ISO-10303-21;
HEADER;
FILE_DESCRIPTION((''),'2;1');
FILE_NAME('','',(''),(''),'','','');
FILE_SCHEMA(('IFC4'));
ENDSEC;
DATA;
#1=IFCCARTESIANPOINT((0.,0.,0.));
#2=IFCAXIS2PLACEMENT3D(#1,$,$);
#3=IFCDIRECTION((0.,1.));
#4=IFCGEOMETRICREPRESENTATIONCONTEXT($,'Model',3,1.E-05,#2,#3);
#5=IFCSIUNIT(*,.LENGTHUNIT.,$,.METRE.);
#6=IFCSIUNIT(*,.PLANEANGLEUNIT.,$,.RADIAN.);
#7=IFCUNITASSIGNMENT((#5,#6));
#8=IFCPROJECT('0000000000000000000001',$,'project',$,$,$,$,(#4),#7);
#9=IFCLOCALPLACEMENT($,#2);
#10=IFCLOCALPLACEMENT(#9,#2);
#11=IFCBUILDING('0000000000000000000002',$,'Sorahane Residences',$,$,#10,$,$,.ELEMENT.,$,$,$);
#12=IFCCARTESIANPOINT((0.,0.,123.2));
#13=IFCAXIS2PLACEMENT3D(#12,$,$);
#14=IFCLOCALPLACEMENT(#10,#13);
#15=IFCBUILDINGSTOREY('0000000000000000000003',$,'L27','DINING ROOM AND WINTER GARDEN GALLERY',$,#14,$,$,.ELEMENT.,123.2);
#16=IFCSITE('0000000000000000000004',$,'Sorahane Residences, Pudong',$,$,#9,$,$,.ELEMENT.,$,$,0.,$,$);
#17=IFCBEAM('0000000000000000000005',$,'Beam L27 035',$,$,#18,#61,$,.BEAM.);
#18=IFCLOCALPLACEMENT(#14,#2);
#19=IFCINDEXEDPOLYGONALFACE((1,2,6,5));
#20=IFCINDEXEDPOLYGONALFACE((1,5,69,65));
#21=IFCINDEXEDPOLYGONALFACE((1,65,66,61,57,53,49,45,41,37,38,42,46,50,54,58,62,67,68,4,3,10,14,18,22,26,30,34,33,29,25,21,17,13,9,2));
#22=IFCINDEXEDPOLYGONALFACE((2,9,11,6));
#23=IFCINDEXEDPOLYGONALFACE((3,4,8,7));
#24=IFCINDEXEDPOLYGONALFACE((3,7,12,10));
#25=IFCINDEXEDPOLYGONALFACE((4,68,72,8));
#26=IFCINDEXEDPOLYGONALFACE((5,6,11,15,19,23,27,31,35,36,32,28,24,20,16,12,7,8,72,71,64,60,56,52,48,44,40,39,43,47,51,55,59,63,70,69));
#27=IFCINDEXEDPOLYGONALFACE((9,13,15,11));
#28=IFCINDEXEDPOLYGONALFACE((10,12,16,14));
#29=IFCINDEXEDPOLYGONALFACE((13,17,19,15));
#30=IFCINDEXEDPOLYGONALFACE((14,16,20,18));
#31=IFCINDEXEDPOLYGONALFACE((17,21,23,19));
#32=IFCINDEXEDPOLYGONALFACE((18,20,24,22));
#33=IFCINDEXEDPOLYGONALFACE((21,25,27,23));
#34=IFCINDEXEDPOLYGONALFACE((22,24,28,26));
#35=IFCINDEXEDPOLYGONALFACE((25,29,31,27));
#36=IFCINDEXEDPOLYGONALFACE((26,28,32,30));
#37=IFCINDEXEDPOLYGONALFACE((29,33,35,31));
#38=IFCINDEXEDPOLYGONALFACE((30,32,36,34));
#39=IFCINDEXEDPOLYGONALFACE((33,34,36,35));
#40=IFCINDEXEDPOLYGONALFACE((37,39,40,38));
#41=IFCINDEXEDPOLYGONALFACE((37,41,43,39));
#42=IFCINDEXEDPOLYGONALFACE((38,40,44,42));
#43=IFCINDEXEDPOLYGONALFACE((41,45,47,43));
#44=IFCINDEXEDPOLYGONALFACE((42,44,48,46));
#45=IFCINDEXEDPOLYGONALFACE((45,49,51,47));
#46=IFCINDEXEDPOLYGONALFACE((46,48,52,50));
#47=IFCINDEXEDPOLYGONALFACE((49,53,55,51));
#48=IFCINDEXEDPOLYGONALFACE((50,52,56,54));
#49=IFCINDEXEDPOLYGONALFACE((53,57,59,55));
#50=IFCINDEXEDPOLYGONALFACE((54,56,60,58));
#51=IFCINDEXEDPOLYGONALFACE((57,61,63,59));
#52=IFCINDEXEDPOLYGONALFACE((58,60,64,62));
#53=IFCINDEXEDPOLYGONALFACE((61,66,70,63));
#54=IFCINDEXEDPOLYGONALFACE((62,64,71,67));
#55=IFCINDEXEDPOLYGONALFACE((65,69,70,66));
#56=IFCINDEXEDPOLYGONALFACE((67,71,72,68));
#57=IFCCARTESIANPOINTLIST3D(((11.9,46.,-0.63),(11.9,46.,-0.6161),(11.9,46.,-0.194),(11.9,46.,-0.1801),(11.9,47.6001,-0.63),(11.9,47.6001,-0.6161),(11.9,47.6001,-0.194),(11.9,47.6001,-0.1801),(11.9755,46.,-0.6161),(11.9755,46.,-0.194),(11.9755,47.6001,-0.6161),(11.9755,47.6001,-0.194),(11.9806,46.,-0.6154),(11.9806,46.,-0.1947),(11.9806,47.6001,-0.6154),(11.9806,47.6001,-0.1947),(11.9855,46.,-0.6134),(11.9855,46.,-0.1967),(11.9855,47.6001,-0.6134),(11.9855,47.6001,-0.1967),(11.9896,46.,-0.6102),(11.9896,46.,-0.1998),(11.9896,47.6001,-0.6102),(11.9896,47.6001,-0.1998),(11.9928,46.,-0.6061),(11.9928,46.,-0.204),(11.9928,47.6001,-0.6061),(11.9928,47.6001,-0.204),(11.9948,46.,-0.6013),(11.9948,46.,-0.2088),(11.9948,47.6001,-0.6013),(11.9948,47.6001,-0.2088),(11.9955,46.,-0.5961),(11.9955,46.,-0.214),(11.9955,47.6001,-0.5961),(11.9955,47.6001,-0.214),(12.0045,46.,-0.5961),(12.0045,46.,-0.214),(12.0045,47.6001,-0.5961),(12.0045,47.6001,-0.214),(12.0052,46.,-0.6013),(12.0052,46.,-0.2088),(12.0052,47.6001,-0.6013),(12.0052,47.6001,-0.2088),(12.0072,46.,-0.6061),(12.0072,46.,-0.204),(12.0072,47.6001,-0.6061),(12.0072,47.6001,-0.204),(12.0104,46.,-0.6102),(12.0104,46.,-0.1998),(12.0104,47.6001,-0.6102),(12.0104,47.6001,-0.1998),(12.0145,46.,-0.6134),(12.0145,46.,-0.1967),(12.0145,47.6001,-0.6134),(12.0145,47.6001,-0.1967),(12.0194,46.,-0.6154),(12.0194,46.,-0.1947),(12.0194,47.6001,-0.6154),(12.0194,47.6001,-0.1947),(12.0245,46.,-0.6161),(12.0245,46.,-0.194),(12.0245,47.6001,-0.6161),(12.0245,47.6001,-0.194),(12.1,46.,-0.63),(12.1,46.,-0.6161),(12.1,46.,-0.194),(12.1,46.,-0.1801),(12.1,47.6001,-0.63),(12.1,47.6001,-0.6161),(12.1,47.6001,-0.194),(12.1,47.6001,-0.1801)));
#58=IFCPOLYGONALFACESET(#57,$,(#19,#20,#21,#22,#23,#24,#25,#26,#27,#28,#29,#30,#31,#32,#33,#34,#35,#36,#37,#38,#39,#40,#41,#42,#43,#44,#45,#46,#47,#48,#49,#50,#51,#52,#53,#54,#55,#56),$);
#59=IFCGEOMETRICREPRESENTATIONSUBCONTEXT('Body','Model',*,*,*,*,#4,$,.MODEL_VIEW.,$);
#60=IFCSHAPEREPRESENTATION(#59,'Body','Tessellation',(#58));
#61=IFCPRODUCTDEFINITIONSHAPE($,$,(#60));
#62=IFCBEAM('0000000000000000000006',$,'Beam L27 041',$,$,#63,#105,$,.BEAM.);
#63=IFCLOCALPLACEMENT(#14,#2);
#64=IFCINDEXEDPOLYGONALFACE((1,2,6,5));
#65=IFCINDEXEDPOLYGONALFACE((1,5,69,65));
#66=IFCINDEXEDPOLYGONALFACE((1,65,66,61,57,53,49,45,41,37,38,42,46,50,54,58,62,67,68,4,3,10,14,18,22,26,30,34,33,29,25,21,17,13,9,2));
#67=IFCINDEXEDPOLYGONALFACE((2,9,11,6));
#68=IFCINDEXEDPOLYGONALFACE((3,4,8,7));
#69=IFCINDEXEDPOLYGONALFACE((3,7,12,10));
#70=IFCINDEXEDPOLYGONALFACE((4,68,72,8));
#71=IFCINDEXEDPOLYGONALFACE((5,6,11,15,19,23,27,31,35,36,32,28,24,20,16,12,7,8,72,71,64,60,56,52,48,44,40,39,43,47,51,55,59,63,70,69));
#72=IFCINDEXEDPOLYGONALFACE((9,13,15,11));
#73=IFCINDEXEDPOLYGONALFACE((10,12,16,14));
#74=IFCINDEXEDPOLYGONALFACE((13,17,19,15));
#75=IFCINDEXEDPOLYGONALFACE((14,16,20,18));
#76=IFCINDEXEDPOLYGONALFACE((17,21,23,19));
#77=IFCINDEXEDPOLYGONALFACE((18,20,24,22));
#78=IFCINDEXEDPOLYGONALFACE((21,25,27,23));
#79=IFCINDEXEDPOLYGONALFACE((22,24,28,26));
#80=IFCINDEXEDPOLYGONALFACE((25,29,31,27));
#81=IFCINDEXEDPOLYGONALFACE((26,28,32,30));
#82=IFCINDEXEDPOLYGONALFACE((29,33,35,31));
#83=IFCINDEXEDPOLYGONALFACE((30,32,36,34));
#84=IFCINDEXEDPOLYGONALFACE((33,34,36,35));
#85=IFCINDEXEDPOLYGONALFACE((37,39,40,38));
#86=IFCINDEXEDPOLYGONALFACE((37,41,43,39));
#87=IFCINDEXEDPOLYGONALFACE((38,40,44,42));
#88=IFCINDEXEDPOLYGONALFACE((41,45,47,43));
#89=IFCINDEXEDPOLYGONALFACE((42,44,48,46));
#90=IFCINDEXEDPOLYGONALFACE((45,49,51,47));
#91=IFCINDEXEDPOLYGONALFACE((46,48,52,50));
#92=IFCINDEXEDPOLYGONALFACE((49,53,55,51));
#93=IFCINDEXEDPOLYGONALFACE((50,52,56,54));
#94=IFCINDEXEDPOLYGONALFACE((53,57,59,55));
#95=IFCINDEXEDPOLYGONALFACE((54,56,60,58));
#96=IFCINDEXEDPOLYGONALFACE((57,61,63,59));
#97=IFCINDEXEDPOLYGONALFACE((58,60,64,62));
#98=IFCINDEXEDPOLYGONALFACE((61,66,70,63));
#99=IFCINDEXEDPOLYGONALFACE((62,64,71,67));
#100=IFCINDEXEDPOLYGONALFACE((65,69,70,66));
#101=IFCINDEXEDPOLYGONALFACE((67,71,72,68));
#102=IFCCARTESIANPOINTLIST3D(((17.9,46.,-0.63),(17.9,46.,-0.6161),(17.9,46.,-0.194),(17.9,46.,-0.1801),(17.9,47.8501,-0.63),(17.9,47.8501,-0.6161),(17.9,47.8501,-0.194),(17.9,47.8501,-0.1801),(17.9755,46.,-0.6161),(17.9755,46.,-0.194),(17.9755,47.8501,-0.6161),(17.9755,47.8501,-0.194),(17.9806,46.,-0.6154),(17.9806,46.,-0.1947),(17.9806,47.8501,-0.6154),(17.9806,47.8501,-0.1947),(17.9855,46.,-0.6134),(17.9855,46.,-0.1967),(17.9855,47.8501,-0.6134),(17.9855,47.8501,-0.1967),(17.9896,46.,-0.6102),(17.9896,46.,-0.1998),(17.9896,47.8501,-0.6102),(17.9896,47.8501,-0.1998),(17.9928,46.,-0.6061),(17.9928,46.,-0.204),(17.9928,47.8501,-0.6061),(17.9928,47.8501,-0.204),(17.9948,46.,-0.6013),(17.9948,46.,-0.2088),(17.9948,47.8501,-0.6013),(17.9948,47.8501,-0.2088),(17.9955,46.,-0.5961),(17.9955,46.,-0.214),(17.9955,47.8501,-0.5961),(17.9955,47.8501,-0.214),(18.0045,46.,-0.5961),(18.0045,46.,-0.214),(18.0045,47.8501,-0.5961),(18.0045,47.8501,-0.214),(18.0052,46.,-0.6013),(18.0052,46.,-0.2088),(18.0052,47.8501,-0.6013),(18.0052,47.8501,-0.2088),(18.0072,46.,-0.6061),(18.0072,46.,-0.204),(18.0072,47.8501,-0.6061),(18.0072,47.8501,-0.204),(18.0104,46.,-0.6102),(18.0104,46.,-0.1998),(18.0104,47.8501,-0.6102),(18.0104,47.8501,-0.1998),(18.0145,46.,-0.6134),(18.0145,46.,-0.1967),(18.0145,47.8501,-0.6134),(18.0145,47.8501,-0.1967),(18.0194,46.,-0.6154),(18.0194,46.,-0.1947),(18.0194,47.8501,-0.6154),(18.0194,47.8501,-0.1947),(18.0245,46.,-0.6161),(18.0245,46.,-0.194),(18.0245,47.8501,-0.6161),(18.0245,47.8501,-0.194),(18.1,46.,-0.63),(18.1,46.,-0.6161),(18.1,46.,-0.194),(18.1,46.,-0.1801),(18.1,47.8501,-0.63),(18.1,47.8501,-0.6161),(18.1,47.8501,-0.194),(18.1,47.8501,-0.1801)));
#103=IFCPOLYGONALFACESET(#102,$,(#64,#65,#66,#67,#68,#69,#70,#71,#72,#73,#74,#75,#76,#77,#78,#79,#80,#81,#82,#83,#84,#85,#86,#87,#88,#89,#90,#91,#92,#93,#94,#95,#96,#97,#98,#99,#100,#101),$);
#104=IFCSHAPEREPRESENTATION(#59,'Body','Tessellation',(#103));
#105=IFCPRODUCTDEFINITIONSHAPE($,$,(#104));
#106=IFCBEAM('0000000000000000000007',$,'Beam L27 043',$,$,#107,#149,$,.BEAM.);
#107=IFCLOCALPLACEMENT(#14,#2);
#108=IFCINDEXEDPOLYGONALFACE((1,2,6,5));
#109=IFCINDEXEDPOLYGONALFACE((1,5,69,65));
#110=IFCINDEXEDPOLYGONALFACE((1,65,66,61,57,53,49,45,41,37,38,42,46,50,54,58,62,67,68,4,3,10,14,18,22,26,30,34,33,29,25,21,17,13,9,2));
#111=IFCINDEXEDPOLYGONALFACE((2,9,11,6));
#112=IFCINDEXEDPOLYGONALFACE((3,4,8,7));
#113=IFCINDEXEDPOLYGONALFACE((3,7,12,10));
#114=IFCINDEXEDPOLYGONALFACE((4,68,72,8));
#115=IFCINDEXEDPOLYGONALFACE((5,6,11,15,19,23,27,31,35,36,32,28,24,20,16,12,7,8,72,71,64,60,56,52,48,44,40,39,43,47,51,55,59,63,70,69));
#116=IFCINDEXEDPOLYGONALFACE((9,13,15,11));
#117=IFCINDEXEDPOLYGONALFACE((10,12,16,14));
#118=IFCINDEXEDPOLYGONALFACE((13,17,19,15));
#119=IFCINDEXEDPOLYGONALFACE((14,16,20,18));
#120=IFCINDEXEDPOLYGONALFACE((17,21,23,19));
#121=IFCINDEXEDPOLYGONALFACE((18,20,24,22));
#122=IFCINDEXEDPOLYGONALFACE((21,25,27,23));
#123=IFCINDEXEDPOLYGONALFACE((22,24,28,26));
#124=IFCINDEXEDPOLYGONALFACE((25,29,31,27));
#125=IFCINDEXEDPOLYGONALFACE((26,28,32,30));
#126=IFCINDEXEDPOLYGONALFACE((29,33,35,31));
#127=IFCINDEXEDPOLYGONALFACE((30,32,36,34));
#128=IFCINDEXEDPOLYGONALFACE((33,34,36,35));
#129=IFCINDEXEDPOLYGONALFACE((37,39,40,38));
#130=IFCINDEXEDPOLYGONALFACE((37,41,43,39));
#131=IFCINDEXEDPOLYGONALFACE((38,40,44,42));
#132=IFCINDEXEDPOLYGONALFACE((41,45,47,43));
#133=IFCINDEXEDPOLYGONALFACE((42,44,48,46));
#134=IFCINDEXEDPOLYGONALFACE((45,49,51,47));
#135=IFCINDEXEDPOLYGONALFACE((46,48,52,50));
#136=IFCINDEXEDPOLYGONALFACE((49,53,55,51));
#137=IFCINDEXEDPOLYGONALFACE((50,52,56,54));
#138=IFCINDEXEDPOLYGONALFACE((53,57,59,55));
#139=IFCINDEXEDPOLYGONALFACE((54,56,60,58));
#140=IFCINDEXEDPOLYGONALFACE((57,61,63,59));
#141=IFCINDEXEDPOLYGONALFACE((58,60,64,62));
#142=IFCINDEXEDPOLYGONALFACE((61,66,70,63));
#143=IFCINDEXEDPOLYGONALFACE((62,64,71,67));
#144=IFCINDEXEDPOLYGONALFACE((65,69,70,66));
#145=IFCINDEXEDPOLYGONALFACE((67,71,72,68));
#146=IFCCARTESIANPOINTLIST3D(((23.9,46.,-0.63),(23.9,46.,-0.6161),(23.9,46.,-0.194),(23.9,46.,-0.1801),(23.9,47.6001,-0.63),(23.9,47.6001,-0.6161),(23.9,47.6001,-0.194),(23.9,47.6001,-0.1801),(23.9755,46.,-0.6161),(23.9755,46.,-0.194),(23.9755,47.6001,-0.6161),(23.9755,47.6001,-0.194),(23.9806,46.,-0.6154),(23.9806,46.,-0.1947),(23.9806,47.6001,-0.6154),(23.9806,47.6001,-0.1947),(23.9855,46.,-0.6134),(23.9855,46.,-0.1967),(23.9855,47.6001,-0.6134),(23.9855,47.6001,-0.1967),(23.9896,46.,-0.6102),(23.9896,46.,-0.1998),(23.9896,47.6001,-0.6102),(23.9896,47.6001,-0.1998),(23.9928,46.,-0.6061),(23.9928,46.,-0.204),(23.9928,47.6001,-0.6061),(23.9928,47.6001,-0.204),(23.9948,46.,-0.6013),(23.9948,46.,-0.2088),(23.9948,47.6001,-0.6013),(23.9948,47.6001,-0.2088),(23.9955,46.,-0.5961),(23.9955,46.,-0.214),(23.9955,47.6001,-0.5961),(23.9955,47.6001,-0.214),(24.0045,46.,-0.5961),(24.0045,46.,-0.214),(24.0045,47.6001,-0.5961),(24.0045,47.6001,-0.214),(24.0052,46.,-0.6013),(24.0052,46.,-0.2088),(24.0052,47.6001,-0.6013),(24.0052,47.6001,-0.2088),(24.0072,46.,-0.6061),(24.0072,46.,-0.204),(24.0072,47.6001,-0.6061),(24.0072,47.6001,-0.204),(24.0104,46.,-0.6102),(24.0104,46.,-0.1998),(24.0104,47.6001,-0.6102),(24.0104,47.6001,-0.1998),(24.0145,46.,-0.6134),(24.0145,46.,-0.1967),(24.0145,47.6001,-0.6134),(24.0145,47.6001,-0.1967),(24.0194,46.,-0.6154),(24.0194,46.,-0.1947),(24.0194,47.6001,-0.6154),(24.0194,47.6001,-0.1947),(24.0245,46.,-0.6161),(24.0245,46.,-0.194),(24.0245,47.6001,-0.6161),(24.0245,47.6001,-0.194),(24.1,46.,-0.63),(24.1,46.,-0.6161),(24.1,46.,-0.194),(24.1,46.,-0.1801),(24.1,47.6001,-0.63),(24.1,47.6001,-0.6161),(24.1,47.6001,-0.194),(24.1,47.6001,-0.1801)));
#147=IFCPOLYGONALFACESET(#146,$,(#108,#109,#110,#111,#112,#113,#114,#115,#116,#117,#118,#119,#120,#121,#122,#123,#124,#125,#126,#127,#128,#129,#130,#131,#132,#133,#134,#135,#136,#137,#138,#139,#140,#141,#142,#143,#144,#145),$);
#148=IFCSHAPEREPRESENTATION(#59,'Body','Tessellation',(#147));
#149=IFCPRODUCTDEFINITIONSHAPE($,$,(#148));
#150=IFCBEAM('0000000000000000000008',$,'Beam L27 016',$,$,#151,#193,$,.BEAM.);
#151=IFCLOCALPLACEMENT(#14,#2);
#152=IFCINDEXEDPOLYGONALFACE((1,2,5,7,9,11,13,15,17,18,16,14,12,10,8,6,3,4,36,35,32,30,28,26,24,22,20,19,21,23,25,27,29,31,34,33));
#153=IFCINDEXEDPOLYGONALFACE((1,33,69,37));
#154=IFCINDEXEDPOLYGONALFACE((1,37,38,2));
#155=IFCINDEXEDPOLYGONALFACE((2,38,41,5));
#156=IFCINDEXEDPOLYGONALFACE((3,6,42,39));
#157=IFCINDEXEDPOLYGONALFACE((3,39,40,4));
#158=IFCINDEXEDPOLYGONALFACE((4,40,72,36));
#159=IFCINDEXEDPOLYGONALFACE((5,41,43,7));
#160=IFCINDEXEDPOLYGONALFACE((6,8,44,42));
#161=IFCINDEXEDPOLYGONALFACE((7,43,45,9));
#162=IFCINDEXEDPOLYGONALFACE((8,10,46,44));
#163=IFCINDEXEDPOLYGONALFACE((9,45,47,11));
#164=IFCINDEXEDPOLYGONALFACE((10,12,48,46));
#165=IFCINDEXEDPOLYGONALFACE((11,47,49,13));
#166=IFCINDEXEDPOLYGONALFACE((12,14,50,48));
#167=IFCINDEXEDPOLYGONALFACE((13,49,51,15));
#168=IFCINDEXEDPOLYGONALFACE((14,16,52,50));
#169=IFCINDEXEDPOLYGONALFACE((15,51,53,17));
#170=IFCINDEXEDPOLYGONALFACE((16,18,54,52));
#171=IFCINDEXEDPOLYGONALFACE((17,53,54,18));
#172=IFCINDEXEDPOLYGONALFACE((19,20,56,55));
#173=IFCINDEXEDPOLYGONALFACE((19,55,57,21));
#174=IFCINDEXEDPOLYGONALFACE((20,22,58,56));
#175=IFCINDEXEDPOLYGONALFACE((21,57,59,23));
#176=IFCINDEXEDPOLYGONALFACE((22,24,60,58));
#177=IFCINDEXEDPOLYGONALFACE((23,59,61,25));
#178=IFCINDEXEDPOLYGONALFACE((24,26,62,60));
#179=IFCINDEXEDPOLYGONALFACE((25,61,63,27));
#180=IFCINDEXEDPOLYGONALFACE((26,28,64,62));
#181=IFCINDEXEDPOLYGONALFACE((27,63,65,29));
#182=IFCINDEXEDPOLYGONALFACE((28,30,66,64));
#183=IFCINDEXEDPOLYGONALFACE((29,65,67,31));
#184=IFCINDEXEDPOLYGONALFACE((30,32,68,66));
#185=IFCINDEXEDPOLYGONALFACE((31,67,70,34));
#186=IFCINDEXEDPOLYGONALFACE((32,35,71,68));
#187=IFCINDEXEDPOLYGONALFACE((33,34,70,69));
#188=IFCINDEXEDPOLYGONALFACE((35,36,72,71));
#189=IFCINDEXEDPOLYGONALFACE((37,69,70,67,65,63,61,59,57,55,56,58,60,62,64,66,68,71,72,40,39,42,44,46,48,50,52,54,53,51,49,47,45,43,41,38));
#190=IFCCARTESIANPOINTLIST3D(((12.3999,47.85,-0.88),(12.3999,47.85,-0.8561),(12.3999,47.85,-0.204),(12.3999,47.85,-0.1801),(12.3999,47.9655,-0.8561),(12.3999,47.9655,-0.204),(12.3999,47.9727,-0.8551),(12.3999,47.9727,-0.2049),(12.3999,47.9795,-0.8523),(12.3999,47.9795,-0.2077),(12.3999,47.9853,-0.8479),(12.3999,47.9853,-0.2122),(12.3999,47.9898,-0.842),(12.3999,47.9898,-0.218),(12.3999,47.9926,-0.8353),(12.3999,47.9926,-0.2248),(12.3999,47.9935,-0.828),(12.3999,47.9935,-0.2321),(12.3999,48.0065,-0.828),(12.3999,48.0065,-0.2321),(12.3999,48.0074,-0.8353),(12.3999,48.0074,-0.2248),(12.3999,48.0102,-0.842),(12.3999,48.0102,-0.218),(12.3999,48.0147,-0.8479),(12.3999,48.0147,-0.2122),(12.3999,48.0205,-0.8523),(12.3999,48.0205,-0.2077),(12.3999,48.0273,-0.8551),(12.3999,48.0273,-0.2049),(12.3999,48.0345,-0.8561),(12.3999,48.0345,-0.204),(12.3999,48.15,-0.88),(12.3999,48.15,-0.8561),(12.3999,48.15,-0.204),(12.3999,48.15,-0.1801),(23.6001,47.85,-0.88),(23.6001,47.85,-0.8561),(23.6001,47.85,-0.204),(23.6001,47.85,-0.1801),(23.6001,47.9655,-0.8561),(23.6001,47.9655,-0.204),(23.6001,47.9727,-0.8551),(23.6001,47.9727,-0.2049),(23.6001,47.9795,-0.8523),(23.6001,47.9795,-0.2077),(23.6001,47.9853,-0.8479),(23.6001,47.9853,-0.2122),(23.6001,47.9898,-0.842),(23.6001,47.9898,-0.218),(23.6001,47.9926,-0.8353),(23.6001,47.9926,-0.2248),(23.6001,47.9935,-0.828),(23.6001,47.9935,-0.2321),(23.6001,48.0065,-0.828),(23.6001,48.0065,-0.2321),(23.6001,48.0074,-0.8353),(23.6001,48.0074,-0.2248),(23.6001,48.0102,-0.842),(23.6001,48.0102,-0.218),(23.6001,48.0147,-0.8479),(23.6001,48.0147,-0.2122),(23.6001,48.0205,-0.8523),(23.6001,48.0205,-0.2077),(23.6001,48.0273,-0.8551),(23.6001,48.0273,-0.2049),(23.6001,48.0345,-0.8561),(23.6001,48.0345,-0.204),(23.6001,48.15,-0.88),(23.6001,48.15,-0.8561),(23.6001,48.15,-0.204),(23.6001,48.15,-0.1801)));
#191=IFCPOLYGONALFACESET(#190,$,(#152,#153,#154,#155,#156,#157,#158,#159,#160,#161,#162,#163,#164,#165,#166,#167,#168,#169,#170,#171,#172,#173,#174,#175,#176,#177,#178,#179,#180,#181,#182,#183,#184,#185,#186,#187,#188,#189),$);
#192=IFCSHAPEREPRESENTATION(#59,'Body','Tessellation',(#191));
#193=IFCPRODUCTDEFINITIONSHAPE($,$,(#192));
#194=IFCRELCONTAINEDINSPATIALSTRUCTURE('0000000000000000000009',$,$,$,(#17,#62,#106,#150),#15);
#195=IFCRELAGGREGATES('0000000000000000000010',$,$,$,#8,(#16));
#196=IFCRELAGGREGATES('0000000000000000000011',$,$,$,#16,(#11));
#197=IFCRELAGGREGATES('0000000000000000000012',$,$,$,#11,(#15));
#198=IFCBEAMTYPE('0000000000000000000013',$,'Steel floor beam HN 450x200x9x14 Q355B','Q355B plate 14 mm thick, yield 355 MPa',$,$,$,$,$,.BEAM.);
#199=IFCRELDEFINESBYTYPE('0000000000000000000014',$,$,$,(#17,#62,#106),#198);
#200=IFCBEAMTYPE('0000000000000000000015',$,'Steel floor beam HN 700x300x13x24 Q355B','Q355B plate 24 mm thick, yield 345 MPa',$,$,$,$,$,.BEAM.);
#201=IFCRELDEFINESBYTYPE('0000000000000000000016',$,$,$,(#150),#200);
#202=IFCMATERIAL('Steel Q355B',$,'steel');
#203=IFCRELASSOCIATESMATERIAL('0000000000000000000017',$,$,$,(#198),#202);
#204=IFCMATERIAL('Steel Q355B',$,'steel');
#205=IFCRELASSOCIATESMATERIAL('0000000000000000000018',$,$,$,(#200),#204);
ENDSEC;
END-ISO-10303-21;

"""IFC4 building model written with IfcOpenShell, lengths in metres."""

from ifc_helpers import new_model, si_unit, direction, frame, origin, origin_2d, place, context, subcontext, project, spatial, i_section, extrude, material, material_profile, profile_set, type_object, element, save


model = new_model("IFC4")

# Units and contexts
model_context = context("Model", 3, precision=1e-05, world=origin(), true_north=direction((0.0, 1.0)))
body_context = subcontext(model_context, "Body", "Model", "MODEL_VIEW")
ifc_project = project(units=[si_unit("LENGTHUNIT", "METRE"), si_unit("PLANEANGLEUNIT", "RADIAN")], contexts=[model_context])

# Site, building, storey
site_placement = place(None, origin())
site = spatial("IfcSite", under=ifc_project, at=site_placement, Name="Sorahane Residences, Pudong", CompositionType="ELEMENT", RefElevation=0.0)
building_placement = place(site_placement, origin())
building = spatial("IfcBuilding", under=site, at=building_placement, Name="Sorahane Residences", CompositionType="ELEMENT")
storey_placement = place(building_placement, frame((0.0, 0.0, 123.2)))
storey = spatial("IfcBuildingStorey", under=building, at=storey_placement, Name="L27", Description="DINING ROOM AND WINTER GARDEN GALLERY", CompositionType="ELEMENT", Elevation=123.2)

# Beams
ifc_material_1 = material(Name="Steel Q355B", Category="steel")
ifc_material_profile_1 = material_profile(ifc_material_1, i_section(OverallWidth=0.2, OverallDepth=0.45, WebThickness=0.009, FlangeThickness=0.0139, FilletRadius=0.02, at=origin_2d()), Name="HN 450x200x9x14")
ifc_profile_set_1 = profile_set([ifc_material_profile_1], Name="Steel Q355B")
beam_type_1 = type_object("IfcBeamType", Name="Steel floor beam HN 450x200x9x14 Q355B", Description="Q355B plate 14 mm thick, yield 355 MPa", PredefinedType="BEAM", material=ifc_profile_set_1)
beam_1_placement = place(storey_placement, frame((12.0, 46.0, -0.405), z_axis=(0.0, 1.0, 0.0), x_axis=(-1.0, 0.0, 0.0)))
element("IfcBeam", 1, at=beam_1_placement, inside=storey, type_object=beam_type_1, Name="Beam L27 035", PredefinedType="BEAM", context=body_context, shape_type="SweptSolid", body=[
    extrude(i_section(OverallWidth=0.2, OverallDepth=0.45, WebThickness=0.009, FlangeThickness=0.0139, FilletRadius=0.02, at=origin_2d()), origin(), (0.0, 0.0, 1.0), 1.6001),
])
beam_2_placement = place(storey_placement, frame((18.0, 46.0, -0.405), z_axis=(0.0, 1.0, 0.0), x_axis=(-1.0, 0.0, 0.0)))
element("IfcBeam", 2, at=beam_2_placement, inside=storey, type_object=beam_type_1, Name="Beam L27 041", PredefinedType="BEAM", context=body_context, shape_type="SweptSolid", body=[
    extrude(i_section(OverallWidth=0.2, OverallDepth=0.45, WebThickness=0.009, FlangeThickness=0.0139, FilletRadius=0.02, at=origin_2d()), origin(), (0.0, 0.0, 1.0), 1.8501),
])
beam_3_placement = place(storey_placement, frame((24.0, 46.0, -0.405), z_axis=(0.0, 1.0, 0.0), x_axis=(-1.0, 0.0, 0.0)))
element("IfcBeam", 3, at=beam_3_placement, inside=storey, type_object=beam_type_1, Name="Beam L27 043", PredefinedType="BEAM", context=body_context, shape_type="SweptSolid", body=[
    extrude(i_section(OverallWidth=0.2, OverallDepth=0.45, WebThickness=0.009, FlangeThickness=0.0139, FilletRadius=0.02, at=origin_2d()), origin(), (0.0, 0.0, 1.0), 1.6001),
])
ifc_material_2 = material(Name="Steel Q355B", Category="steel")
ifc_material_profile_2 = material_profile(ifc_material_2, i_section(OverallWidth=0.3, OverallDepth=0.7, WebThickness=0.0129, FlangeThickness=0.0239, FilletRadius=0.0281, at=origin_2d()), Name="HN 700x300x13x24")
ifc_profile_set_2 = profile_set([ifc_material_profile_2], Name="Steel Q355B")
beam_type_2 = type_object("IfcBeamType", Name="Steel floor beam HN 700x300x13x24 Q355B", Description="Q355B plate 24 mm thick, yield 345 MPa", PredefinedType="BEAM", material=ifc_profile_set_2)
for number, where, z_axis, x_axis, name in (
    (4, (12.3999, 48.0, -0.53), (1.0, 0.0, 0.0), (0.0, 1.0, 0.0), "Beam L27 016"),
):
    element("IfcBeam", number, at=place(storey_placement, frame(where, z_axis=z_axis, x_axis=x_axis)), inside=storey, type_object=beam_type_2, Name=name, PredefinedType="BEAM", context=body_context, shape_type="SweptSolid", body=[
        extrude(i_section(OverallWidth=0.3, OverallDepth=0.7, WebThickness=0.0129, FlangeThickness=0.0239, FilletRadius=0.0281, at=origin_2d()), origin(), (0.0, 0.0, 1.0), 11.2002),
    ])

save(model, "model.ifc")
